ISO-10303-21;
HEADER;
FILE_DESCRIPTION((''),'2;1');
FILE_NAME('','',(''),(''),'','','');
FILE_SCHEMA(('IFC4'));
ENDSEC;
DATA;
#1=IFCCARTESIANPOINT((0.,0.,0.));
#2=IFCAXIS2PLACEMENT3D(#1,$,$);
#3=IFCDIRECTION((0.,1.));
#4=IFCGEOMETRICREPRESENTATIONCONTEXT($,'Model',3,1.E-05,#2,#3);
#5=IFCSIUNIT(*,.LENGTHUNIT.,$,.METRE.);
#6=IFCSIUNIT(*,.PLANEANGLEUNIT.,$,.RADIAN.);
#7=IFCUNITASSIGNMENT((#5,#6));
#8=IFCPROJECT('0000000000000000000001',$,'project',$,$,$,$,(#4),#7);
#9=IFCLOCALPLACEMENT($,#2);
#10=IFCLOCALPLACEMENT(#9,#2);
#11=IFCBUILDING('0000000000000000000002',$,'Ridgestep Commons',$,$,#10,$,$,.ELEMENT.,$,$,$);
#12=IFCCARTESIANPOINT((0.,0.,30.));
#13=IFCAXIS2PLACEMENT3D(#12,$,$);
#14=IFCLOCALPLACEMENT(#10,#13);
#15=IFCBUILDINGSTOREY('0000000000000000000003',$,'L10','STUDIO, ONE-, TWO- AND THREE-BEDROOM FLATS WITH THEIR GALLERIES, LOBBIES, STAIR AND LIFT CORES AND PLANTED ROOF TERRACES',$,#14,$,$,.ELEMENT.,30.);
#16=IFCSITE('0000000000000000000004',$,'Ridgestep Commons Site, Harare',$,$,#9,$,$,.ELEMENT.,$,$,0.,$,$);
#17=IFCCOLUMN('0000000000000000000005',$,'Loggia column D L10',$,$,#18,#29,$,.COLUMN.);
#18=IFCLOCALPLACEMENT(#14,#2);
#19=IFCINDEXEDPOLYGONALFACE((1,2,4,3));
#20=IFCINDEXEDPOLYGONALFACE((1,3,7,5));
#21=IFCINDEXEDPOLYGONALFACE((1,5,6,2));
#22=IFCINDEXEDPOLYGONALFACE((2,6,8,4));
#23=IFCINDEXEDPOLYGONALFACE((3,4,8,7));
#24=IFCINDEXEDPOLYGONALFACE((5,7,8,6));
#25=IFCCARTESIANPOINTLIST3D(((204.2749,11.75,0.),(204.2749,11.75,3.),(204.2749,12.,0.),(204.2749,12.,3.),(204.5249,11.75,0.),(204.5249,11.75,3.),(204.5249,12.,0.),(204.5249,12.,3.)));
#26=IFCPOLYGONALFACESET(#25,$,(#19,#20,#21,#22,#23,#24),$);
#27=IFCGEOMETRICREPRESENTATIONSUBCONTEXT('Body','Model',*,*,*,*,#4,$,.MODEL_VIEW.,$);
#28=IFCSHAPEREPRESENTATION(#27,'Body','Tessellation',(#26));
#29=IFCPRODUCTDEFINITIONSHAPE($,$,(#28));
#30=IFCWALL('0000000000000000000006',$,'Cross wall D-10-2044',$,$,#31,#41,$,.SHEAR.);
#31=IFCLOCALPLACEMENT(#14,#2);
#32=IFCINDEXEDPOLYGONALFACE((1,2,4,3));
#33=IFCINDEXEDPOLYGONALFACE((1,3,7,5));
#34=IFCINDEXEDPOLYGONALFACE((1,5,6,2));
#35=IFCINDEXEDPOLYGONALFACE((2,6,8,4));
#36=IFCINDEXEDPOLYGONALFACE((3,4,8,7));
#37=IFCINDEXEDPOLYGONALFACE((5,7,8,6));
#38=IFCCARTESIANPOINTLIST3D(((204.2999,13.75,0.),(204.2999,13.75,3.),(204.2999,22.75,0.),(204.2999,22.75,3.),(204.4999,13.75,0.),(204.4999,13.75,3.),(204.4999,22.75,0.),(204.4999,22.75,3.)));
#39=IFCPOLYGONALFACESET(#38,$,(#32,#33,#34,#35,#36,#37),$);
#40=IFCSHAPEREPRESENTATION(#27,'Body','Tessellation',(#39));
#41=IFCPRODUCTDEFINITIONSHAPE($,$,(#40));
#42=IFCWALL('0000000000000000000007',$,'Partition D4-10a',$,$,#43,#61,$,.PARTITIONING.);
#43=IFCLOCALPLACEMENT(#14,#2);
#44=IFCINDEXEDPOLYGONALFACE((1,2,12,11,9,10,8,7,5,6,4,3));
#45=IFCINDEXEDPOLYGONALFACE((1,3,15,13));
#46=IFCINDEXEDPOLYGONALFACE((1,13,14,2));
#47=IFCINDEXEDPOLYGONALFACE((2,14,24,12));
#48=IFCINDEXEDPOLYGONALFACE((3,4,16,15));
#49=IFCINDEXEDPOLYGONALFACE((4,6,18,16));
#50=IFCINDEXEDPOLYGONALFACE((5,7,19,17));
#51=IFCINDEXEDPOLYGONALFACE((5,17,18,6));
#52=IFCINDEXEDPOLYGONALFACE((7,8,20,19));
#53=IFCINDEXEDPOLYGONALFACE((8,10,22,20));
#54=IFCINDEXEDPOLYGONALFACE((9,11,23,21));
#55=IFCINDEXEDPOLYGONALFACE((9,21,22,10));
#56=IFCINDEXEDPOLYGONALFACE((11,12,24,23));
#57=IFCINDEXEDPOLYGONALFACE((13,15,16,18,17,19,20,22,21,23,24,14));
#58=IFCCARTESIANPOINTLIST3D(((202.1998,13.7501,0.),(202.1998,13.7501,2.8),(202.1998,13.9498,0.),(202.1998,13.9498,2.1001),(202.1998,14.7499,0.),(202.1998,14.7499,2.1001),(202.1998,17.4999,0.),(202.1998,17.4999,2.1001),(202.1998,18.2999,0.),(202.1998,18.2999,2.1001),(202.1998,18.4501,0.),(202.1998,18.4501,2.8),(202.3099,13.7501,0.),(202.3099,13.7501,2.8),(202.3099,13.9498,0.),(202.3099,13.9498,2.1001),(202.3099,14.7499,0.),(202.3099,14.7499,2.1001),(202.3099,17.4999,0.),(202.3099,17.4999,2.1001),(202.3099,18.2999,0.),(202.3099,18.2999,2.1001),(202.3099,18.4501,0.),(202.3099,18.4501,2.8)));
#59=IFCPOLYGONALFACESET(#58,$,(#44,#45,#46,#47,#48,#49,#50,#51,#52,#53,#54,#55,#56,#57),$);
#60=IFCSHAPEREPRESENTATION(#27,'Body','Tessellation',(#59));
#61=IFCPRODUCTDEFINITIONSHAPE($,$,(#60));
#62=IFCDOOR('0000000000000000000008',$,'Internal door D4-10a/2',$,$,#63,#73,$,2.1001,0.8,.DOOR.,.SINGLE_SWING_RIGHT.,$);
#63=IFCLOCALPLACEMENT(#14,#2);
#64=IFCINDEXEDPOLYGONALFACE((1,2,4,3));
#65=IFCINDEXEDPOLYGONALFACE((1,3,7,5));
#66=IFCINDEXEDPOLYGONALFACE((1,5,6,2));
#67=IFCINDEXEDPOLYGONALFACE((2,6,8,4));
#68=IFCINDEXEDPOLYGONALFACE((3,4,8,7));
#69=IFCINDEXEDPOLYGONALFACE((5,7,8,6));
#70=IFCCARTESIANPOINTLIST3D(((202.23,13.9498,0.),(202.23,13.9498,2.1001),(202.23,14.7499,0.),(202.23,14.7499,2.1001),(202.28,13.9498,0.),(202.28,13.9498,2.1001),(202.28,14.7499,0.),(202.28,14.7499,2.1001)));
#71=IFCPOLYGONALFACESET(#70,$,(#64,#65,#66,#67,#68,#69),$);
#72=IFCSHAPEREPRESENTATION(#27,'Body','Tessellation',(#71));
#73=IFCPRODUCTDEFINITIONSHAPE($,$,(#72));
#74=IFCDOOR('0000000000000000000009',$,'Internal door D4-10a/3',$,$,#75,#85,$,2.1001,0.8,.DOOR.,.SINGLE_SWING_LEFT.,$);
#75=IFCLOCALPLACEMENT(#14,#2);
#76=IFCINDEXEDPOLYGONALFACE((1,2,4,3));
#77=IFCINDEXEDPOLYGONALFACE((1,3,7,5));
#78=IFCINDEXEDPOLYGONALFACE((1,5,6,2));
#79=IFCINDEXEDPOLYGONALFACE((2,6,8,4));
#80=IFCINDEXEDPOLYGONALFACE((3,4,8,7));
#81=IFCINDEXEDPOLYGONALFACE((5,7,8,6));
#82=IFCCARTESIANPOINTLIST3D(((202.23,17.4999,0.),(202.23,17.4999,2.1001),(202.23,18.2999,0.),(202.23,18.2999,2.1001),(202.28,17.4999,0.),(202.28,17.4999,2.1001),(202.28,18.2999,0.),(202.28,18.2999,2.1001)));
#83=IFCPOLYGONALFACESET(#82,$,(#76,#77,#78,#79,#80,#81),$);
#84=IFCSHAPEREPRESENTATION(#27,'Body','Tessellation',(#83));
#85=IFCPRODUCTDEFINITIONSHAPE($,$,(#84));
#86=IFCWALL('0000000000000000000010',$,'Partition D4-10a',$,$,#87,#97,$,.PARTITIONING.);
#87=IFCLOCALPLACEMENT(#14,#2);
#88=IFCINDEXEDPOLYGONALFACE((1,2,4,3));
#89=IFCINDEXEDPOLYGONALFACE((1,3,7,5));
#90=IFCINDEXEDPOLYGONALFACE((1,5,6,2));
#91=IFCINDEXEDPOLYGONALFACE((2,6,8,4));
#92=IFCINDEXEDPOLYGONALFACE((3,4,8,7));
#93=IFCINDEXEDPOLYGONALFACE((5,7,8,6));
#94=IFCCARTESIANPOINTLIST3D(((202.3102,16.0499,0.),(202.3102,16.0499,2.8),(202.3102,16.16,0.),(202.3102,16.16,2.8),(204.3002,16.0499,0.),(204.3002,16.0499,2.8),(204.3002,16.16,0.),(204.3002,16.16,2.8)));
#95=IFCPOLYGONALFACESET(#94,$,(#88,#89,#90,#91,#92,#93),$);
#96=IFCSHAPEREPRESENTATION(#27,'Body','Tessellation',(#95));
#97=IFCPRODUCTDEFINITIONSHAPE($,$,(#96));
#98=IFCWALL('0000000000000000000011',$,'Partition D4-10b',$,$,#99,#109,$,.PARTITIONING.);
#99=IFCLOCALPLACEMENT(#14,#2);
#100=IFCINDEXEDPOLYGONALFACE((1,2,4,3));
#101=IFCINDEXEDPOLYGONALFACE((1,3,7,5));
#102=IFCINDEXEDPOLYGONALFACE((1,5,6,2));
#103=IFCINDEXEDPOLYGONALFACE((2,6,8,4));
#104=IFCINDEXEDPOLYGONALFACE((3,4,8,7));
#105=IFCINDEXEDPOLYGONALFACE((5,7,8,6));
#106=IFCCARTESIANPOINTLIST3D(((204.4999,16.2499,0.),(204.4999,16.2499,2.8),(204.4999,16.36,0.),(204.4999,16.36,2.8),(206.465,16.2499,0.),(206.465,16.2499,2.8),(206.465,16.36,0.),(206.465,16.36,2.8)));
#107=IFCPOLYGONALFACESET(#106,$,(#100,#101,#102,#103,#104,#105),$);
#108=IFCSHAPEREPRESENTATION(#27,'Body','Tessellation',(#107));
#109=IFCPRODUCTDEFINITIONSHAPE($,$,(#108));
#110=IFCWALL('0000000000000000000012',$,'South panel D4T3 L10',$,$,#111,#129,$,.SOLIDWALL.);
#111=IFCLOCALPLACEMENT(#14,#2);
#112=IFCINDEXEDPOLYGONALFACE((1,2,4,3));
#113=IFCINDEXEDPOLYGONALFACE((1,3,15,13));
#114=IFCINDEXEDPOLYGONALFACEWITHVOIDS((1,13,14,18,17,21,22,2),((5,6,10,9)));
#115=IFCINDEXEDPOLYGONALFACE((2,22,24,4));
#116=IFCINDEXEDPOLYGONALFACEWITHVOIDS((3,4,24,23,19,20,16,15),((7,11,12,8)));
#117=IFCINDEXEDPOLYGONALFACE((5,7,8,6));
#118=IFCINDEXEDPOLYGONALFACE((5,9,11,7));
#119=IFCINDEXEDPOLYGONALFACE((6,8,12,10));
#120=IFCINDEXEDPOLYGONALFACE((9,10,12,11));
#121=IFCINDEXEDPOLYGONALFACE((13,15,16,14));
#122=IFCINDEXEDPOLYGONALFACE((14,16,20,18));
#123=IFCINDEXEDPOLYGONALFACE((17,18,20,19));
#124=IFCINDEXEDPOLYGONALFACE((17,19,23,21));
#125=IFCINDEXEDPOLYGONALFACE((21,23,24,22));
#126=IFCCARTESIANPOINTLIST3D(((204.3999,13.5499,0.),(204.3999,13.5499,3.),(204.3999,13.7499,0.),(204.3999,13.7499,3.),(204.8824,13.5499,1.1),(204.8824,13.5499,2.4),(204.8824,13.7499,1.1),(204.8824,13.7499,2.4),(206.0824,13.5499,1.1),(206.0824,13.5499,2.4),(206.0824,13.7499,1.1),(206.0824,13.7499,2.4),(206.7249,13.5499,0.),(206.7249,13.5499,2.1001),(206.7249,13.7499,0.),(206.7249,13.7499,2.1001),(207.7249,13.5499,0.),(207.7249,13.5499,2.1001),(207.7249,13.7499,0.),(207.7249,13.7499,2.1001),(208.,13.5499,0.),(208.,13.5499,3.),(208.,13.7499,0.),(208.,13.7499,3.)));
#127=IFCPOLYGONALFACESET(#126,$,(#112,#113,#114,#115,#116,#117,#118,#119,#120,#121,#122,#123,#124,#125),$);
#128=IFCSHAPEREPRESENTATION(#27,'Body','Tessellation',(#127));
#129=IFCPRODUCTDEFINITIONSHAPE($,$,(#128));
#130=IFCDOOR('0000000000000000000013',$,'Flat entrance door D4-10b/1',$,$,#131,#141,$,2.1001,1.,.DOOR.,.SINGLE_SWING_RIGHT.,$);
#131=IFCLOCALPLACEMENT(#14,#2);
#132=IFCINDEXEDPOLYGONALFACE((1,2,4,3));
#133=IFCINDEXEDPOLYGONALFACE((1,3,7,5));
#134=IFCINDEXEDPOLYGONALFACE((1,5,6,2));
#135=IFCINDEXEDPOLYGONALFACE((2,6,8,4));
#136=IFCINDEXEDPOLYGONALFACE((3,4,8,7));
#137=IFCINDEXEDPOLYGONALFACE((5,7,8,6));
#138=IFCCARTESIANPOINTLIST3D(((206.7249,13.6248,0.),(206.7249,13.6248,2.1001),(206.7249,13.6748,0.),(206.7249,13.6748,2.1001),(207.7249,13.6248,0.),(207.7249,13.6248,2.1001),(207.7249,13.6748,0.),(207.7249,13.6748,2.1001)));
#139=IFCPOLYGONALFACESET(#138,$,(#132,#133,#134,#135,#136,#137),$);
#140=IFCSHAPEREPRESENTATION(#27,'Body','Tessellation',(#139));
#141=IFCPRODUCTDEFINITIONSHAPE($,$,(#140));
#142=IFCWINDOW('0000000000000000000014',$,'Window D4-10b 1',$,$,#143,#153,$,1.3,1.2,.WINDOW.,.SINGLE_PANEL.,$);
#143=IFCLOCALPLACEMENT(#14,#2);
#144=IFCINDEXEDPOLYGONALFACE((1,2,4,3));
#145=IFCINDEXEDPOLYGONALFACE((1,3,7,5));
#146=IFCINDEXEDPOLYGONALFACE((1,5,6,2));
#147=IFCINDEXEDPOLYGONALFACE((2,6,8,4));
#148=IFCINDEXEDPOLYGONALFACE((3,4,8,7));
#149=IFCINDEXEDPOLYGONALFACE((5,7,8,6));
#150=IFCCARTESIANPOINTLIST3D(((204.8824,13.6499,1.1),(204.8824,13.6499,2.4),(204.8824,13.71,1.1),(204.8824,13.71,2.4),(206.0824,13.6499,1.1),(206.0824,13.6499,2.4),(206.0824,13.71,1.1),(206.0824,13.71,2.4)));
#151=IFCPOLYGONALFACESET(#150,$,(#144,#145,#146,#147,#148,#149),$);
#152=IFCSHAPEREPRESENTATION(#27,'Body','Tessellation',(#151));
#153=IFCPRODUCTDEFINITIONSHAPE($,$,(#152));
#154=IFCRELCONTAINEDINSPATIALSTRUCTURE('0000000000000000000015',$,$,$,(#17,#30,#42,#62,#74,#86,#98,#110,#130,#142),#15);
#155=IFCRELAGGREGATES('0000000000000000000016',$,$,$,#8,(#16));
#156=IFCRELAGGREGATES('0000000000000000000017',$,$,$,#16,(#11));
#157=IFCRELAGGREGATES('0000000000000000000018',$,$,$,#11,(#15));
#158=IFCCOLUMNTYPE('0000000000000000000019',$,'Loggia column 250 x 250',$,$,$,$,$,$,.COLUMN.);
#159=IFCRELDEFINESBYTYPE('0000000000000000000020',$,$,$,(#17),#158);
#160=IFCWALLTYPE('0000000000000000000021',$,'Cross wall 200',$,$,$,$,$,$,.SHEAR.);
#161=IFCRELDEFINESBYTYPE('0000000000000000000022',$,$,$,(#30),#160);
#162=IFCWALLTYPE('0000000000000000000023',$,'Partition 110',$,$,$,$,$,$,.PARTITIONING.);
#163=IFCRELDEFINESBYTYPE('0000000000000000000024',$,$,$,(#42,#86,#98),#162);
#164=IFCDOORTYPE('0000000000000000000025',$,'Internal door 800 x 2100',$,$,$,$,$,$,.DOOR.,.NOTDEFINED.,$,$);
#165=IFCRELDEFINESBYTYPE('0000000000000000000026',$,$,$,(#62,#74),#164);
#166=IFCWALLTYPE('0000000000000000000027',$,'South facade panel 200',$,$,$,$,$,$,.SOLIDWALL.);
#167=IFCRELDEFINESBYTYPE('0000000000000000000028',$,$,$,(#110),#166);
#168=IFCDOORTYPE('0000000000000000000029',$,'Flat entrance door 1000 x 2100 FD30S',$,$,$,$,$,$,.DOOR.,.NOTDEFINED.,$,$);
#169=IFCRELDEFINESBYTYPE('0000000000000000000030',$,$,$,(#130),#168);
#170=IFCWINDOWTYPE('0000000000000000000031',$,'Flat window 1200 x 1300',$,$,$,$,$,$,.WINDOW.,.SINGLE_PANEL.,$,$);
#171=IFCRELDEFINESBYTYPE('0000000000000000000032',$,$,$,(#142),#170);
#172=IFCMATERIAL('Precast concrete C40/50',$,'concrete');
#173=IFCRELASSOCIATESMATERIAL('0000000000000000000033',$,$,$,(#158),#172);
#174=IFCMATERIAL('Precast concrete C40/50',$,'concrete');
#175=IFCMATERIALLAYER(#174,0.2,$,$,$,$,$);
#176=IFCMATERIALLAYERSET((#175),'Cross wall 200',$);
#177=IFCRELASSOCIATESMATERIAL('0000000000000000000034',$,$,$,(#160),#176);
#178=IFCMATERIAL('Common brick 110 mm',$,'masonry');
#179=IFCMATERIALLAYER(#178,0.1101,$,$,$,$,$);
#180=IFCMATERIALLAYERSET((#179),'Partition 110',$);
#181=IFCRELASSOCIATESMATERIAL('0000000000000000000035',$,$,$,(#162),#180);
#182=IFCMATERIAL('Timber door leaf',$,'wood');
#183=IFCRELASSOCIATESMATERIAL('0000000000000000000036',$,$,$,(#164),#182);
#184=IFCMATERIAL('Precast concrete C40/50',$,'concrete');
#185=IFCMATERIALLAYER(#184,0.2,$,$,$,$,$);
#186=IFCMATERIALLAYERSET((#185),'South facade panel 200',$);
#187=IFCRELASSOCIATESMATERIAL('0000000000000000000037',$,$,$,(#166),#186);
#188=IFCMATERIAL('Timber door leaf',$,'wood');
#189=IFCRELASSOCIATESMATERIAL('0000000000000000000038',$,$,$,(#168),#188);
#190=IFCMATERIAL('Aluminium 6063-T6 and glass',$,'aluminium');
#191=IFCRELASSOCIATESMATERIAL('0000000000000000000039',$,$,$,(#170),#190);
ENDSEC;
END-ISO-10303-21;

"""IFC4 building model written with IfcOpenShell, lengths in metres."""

from ifc_helpers import new_model, si_unit, direction, frame, frame_2d, origin, origin_2d, place, context, subcontext, project, spatial, rectangle, extrude, material, layer, layer_set, material_profile, profile_set, type_object, element, fill, save


model = new_model("IFC4")

# Units and contexts
model_context = context("Model", 3, precision=1e-05, world=origin(), true_north=direction((0.0, 1.0)))
body_context = subcontext(model_context, "Body", "Model", "MODEL_VIEW")
ifc_project = project(units=[si_unit("LENGTHUNIT", "METRE"), si_unit("PLANEANGLEUNIT", "RADIAN")], contexts=[model_context])

# Site, building, storey
site_placement = place(None, origin())
site = spatial("IfcSite", under=ifc_project, at=site_placement, Name="Ridgestep Commons Site, Harare", CompositionType="ELEMENT", RefElevation=0.0)
building_placement = place(site_placement, origin())
building = spatial("IfcBuilding", under=site, at=building_placement, Name="Ridgestep Commons", CompositionType="ELEMENT")
storey_placement = place(building_placement, frame((0.0, 0.0, 30.0)))
storey = spatial("IfcBuildingStorey", under=building, at=storey_placement, Name="L10", Description="STUDIO, ONE-, TWO- AND THREE-BEDROOM FLATS WITH THEIR GALLERIES, LOBBIES, STAIR AND LIFT CORES AND PLANTED ROOF TERRACES", CompositionType="ELEMENT", Elevation=30.0)

# Column
ifc_material_1 = material(Name="Precast concrete C40/50", Category="concrete")
ifc_material_profile = material_profile(ifc_material_1, rectangle(XDim=0.25, YDim=0.25, at=origin_2d()), Name="PC 250x250")
ifc_profile_set = profile_set([ifc_material_profile], Name="Precast concrete C40/50")
column_type = type_object("IfcColumnType", Name="Loggia column 250 x 250", PredefinedType="COLUMN", material=ifc_profile_set)
column_placement = place(storey_placement, frame((204.3999, 11.875, 0.0), z_axis=(0.0, 0.0, 1.0), x_axis=(1.0, 0.0, 0.0)))
element("IfcColumn", 1, at=column_placement, inside=storey, type_object=column_type, Name="Loggia column D L10", PredefinedType="COLUMN", context=body_context, shape_type="SweptSolid", body=[
    extrude(rectangle(XDim=0.25, YDim=0.25, at=origin_2d()), origin(), (0.0, 0.0, 1.0), 3.0),
])

# Wall
ifc_material_2 = material(Name="Precast concrete C40/50", Category="concrete")
ifc_layer_1 = layer(ifc_material_2, 0.2)
ifc_layer_set_1 = layer_set([ifc_layer_1], Name="Cross wall 200")
wall_type_1 = type_object("IfcWallType", Name="Cross wall 200", PredefinedType="SHEAR", material=ifc_layer_set_1)
wall_1_placement = place(storey_placement, frame((204.3999, 13.75, 0.0), z_axis=(0.0, 0.0, 1.0), x_axis=(0.0, 1.0, 0.0)))
element("IfcWall", 2, at=wall_1_placement, inside=storey, type_object=wall_type_1, Name="Cross wall D-10-2044", PredefinedType="SHEAR", context=body_context, shape_type="SweptSolid", body=[
    extrude(rectangle(XDim=9.0, YDim=0.2, at=frame_2d((4.5, 0.0))), origin(), (0.0, 0.0, 1.0), 3.0),
])

# Wall, openings, doors
ifc_material_3 = material(Name="Common brick 110 mm", Category="masonry")
ifc_layer_2 = layer(ifc_material_3, 0.1101)
ifc_layer_set_2 = layer_set([ifc_layer_2], Name="Partition 110")
wall_type_2 = type_object("IfcWallType", Name="Partition 110", PredefinedType="PARTITIONING", material=ifc_layer_set_2)
wall_2_placement = place(storey_placement, frame((202.2549, 13.75, 0.0), z_axis=(0.0, 0.0, 1.0), x_axis=(0.0, 1.0, 0.0)))
wall_2 = element("IfcWall", 3, at=wall_2_placement, inside=storey, type_object=wall_type_2, Name="Partition D4-10a", PredefinedType="PARTITIONING", context=body_context, shape_type="SweptSolid", body=[
    extrude(rectangle(XDim=4.7, YDim=0.1101, at=frame_2d((2.3501, 0.0))), origin(), (0.0, 0.0, 1.0), 2.8),
])
opening_1_placement = place(wall_2_placement, frame((0.2, 0.0, 0.0)))
opening_1 = element("IfcOpeningElement", 4, at=opening_1_placement, cuts=wall_2, PredefinedType="OPENING", context=body_context, shape_type="SweptSolid", body=[
    extrude(rectangle(XDim=0.8, YDim=2.1001, at=frame_2d((0.3999, 1.05))), frame((0.0, 0.0649, 0.0), z_axis=(0.0, -1.0, 0.0), x_axis=(1.0, 0.0, 0.0)), (0.0, 0.0, 1.0), 0.1301),
])
opening_2_placement = place(wall_2_placement, frame((3.75, 0.0, 0.0)))
opening_2 = element("IfcOpeningElement", 5, at=opening_2_placement, cuts=wall_2, PredefinedType="OPENING", context=body_context, shape_type="SweptSolid", body=[
    extrude(rectangle(XDim=0.8, YDim=2.1001, at=frame_2d((0.3999, 1.05))), frame((0.0, 0.0649, 0.0), z_axis=(0.0, -1.0, 0.0), x_axis=(1.0, 0.0, 0.0)), (0.0, 0.0, 1.0), 0.1301),
])
ifc_material_4 = material(Name="Timber door leaf", Category="wood")
door_type_1 = type_object("IfcDoorType", Name="Internal door 800 x 2100", OperationType="NOTDEFINED", PredefinedType="DOOR", material=ifc_material_4)
door_1_placement = place(opening_1_placement, origin())
door_1 = element("IfcDoor", 6, at=door_1_placement, inside=storey, type_object=door_type_1, Name="Internal door D4-10a/2", OperationType="SINGLE_SWING_RIGHT", OverallHeight=2.1001, OverallWidth=0.8, PredefinedType="DOOR", context=body_context, shape_type="SweptSolid", body=[
    extrude(rectangle(XDim=0.8, YDim=2.1001, at=frame_2d((0.3999, 1.05))), frame((0.0, 0.0249, 0.0), z_axis=(0.0, -1.0, 0.0), x_axis=(1.0, 0.0, 0.0)), (0.0, 0.0, 1.0), 0.05),
])
fill(opening_1, door_1)
door_2_placement = place(opening_2_placement, origin())
door_2 = element("IfcDoor", 7, at=door_2_placement, inside=storey, type_object=door_type_1, Name="Internal door D4-10a/3", OperationType="SINGLE_SWING_LEFT", OverallHeight=2.1001, OverallWidth=0.8, PredefinedType="DOOR", context=body_context, shape_type="SweptSolid", body=[
    extrude(rectangle(XDim=0.8, YDim=2.1001, at=frame_2d((0.3999, 1.05))), frame((0.0, 0.0249, 0.0), z_axis=(0.0, -1.0, 0.0), x_axis=(1.0, 0.0, 0.0)), (0.0, 0.0, 1.0), 0.05),
])
fill(opening_2, door_2)

# Walls
wall_3_placement = place(storey_placement, frame((202.3101, 16.105, 0.0), z_axis=(0.0, 0.0, 1.0), x_axis=(1.0, 0.0, 0.0)))
element("IfcWall", 8, at=wall_3_placement, inside=storey, type_object=wall_type_2, Name="Partition D4-10a", PredefinedType="PARTITIONING", context=body_context, shape_type="SweptSolid", body=[
    extrude(rectangle(XDim=1.99, YDim=0.1101, at=frame_2d((0.9951, 0.0))), origin(), (0.0, 0.0, 1.0), 2.8),
])
wall_4_placement = place(storey_placement, frame((204.5, 16.3049, 0.0), z_axis=(0.0, 0.0, 1.0), x_axis=(1.0, 0.0, 0.0)))
element("IfcWall", 9, at=wall_4_placement, inside=storey, type_object=wall_type_2, Name="Partition D4-10b", PredefinedType="PARTITIONING", context=body_context, shape_type="SweptSolid", body=[
    extrude(rectangle(XDim=1.9651, YDim=0.1101, at=frame_2d((0.9824, 0.0))), origin(), (0.0, 0.0, 1.0), 2.8),
])

# Wall, openings, door, window
ifc_material_5 = material(Name="Precast concrete C40/50", Category="concrete")
ifc_layer_3 = layer(ifc_material_5, 0.2)
ifc_layer_set_3 = layer_set([ifc_layer_3], Name="South facade panel 200")
wall_type_3 = type_object("IfcWallType", Name="South facade panel 200", PredefinedType="SOLIDWALL", material=ifc_layer_set_3)
wall_5_placement = place(storey_placement, frame((204.3999, 13.6499, 0.0), z_axis=(0.0, 0.0, 1.0), x_axis=(1.0, 0.0, 0.0)))
wall_5 = element("IfcWall", 10, at=wall_5_placement, inside=storey, type_object=wall_type_3, Name="South panel D4T3 L10", PredefinedType="SOLIDWALL", context=body_context, shape_type="SweptSolid", body=[
    extrude(rectangle(XDim=3.6001, YDim=0.2, at=frame_2d((1.8, 0.0))), origin(), (0.0, 0.0, 1.0), 3.0),
])
opening_3_placement = place(wall_5_placement, frame((0.4824, 0.0, 1.1001)))
opening_3 = element("IfcOpeningElement", 11, at=opening_3_placement, cuts=wall_5, PredefinedType="OPENING", context=body_context, shape_type="SweptSolid", body=[
    extrude(rectangle(XDim=1.2, YDim=1.3, at=frame_2d((0.6001, 0.6499))), frame((0.0, 0.1099, 0.0), z_axis=(0.0, -1.0, 0.0), x_axis=(1.0, 0.0, 0.0)), (0.0, 0.0, 1.0), 0.22),
])
opening_4_placement = place(wall_5_placement, frame((2.325, 0.0, 0.0)))
opening_4 = element("IfcOpeningElement", 12, at=opening_4_placement, cuts=wall_5, PredefinedType="OPENING", context=body_context, shape_type="SweptSolid", body=[
    extrude(rectangle(XDim=1.0, YDim=2.1001, at=frame_2d((0.5, 1.05))), frame((0.0, 0.1099, 0.0), z_axis=(0.0, -1.0, 0.0), x_axis=(1.0, 0.0, 0.0)), (0.0, 0.0, 1.0), 0.22),
])
ifc_material_6 = material(Name="Timber door leaf", Category="wood")
door_type_2 = type_object("IfcDoorType", Name="Flat entrance door 1000 x 2100 FD30S", OperationType="NOTDEFINED", PredefinedType="DOOR", material=ifc_material_6)
door_3_placement = place(opening_4_placement, origin())
door_3 = element("IfcDoor", 13, at=door_3_placement, inside=storey, type_object=door_type_2, Name="Flat entrance door D4-10b/1", OperationType="SINGLE_SWING_RIGHT", OverallHeight=2.1001, OverallWidth=1.0, PredefinedType="DOOR", context=body_context, shape_type="SweptSolid", body=[
    extrude(rectangle(XDim=1.0, YDim=2.1001, at=frame_2d((0.5, 1.05))), frame((0.0, 0.0249, 0.0), z_axis=(0.0, -1.0, 0.0), x_axis=(1.0, 0.0, 0.0)), (0.0, 0.0, 1.0), 0.05),
])
fill(opening_4, door_3)
ifc_material_7 = material(Name="Aluminium 6063-T6 and glass", Category="aluminium")
window_type = type_object("IfcWindowType", Name="Flat window 1200 x 1300", PartitioningType="SINGLE_PANEL", PredefinedType="WINDOW", material=ifc_material_7)
window_placement = place(opening_3_placement, origin())
window = element("IfcWindow", 14, at=window_placement, inside=storey, type_object=window_type, Name="Window D4-10b 1", OverallHeight=1.3, OverallWidth=1.2, PartitioningType="SINGLE_PANEL", PredefinedType="WINDOW", context=body_context, shape_type="SweptSolid", body=[
    extrude(rectangle(XDim=1.2, YDim=1.3, at=frame_2d((0.6001, 0.6499))), frame((0.0, 0.0601, 0.0), z_axis=(0.0, -1.0, 0.0), x_axis=(1.0, 0.0, 0.0)), (0.0, 0.0, 1.0), 0.0601),
])
fill(opening_3, window)

save(model, "model.ifc")
